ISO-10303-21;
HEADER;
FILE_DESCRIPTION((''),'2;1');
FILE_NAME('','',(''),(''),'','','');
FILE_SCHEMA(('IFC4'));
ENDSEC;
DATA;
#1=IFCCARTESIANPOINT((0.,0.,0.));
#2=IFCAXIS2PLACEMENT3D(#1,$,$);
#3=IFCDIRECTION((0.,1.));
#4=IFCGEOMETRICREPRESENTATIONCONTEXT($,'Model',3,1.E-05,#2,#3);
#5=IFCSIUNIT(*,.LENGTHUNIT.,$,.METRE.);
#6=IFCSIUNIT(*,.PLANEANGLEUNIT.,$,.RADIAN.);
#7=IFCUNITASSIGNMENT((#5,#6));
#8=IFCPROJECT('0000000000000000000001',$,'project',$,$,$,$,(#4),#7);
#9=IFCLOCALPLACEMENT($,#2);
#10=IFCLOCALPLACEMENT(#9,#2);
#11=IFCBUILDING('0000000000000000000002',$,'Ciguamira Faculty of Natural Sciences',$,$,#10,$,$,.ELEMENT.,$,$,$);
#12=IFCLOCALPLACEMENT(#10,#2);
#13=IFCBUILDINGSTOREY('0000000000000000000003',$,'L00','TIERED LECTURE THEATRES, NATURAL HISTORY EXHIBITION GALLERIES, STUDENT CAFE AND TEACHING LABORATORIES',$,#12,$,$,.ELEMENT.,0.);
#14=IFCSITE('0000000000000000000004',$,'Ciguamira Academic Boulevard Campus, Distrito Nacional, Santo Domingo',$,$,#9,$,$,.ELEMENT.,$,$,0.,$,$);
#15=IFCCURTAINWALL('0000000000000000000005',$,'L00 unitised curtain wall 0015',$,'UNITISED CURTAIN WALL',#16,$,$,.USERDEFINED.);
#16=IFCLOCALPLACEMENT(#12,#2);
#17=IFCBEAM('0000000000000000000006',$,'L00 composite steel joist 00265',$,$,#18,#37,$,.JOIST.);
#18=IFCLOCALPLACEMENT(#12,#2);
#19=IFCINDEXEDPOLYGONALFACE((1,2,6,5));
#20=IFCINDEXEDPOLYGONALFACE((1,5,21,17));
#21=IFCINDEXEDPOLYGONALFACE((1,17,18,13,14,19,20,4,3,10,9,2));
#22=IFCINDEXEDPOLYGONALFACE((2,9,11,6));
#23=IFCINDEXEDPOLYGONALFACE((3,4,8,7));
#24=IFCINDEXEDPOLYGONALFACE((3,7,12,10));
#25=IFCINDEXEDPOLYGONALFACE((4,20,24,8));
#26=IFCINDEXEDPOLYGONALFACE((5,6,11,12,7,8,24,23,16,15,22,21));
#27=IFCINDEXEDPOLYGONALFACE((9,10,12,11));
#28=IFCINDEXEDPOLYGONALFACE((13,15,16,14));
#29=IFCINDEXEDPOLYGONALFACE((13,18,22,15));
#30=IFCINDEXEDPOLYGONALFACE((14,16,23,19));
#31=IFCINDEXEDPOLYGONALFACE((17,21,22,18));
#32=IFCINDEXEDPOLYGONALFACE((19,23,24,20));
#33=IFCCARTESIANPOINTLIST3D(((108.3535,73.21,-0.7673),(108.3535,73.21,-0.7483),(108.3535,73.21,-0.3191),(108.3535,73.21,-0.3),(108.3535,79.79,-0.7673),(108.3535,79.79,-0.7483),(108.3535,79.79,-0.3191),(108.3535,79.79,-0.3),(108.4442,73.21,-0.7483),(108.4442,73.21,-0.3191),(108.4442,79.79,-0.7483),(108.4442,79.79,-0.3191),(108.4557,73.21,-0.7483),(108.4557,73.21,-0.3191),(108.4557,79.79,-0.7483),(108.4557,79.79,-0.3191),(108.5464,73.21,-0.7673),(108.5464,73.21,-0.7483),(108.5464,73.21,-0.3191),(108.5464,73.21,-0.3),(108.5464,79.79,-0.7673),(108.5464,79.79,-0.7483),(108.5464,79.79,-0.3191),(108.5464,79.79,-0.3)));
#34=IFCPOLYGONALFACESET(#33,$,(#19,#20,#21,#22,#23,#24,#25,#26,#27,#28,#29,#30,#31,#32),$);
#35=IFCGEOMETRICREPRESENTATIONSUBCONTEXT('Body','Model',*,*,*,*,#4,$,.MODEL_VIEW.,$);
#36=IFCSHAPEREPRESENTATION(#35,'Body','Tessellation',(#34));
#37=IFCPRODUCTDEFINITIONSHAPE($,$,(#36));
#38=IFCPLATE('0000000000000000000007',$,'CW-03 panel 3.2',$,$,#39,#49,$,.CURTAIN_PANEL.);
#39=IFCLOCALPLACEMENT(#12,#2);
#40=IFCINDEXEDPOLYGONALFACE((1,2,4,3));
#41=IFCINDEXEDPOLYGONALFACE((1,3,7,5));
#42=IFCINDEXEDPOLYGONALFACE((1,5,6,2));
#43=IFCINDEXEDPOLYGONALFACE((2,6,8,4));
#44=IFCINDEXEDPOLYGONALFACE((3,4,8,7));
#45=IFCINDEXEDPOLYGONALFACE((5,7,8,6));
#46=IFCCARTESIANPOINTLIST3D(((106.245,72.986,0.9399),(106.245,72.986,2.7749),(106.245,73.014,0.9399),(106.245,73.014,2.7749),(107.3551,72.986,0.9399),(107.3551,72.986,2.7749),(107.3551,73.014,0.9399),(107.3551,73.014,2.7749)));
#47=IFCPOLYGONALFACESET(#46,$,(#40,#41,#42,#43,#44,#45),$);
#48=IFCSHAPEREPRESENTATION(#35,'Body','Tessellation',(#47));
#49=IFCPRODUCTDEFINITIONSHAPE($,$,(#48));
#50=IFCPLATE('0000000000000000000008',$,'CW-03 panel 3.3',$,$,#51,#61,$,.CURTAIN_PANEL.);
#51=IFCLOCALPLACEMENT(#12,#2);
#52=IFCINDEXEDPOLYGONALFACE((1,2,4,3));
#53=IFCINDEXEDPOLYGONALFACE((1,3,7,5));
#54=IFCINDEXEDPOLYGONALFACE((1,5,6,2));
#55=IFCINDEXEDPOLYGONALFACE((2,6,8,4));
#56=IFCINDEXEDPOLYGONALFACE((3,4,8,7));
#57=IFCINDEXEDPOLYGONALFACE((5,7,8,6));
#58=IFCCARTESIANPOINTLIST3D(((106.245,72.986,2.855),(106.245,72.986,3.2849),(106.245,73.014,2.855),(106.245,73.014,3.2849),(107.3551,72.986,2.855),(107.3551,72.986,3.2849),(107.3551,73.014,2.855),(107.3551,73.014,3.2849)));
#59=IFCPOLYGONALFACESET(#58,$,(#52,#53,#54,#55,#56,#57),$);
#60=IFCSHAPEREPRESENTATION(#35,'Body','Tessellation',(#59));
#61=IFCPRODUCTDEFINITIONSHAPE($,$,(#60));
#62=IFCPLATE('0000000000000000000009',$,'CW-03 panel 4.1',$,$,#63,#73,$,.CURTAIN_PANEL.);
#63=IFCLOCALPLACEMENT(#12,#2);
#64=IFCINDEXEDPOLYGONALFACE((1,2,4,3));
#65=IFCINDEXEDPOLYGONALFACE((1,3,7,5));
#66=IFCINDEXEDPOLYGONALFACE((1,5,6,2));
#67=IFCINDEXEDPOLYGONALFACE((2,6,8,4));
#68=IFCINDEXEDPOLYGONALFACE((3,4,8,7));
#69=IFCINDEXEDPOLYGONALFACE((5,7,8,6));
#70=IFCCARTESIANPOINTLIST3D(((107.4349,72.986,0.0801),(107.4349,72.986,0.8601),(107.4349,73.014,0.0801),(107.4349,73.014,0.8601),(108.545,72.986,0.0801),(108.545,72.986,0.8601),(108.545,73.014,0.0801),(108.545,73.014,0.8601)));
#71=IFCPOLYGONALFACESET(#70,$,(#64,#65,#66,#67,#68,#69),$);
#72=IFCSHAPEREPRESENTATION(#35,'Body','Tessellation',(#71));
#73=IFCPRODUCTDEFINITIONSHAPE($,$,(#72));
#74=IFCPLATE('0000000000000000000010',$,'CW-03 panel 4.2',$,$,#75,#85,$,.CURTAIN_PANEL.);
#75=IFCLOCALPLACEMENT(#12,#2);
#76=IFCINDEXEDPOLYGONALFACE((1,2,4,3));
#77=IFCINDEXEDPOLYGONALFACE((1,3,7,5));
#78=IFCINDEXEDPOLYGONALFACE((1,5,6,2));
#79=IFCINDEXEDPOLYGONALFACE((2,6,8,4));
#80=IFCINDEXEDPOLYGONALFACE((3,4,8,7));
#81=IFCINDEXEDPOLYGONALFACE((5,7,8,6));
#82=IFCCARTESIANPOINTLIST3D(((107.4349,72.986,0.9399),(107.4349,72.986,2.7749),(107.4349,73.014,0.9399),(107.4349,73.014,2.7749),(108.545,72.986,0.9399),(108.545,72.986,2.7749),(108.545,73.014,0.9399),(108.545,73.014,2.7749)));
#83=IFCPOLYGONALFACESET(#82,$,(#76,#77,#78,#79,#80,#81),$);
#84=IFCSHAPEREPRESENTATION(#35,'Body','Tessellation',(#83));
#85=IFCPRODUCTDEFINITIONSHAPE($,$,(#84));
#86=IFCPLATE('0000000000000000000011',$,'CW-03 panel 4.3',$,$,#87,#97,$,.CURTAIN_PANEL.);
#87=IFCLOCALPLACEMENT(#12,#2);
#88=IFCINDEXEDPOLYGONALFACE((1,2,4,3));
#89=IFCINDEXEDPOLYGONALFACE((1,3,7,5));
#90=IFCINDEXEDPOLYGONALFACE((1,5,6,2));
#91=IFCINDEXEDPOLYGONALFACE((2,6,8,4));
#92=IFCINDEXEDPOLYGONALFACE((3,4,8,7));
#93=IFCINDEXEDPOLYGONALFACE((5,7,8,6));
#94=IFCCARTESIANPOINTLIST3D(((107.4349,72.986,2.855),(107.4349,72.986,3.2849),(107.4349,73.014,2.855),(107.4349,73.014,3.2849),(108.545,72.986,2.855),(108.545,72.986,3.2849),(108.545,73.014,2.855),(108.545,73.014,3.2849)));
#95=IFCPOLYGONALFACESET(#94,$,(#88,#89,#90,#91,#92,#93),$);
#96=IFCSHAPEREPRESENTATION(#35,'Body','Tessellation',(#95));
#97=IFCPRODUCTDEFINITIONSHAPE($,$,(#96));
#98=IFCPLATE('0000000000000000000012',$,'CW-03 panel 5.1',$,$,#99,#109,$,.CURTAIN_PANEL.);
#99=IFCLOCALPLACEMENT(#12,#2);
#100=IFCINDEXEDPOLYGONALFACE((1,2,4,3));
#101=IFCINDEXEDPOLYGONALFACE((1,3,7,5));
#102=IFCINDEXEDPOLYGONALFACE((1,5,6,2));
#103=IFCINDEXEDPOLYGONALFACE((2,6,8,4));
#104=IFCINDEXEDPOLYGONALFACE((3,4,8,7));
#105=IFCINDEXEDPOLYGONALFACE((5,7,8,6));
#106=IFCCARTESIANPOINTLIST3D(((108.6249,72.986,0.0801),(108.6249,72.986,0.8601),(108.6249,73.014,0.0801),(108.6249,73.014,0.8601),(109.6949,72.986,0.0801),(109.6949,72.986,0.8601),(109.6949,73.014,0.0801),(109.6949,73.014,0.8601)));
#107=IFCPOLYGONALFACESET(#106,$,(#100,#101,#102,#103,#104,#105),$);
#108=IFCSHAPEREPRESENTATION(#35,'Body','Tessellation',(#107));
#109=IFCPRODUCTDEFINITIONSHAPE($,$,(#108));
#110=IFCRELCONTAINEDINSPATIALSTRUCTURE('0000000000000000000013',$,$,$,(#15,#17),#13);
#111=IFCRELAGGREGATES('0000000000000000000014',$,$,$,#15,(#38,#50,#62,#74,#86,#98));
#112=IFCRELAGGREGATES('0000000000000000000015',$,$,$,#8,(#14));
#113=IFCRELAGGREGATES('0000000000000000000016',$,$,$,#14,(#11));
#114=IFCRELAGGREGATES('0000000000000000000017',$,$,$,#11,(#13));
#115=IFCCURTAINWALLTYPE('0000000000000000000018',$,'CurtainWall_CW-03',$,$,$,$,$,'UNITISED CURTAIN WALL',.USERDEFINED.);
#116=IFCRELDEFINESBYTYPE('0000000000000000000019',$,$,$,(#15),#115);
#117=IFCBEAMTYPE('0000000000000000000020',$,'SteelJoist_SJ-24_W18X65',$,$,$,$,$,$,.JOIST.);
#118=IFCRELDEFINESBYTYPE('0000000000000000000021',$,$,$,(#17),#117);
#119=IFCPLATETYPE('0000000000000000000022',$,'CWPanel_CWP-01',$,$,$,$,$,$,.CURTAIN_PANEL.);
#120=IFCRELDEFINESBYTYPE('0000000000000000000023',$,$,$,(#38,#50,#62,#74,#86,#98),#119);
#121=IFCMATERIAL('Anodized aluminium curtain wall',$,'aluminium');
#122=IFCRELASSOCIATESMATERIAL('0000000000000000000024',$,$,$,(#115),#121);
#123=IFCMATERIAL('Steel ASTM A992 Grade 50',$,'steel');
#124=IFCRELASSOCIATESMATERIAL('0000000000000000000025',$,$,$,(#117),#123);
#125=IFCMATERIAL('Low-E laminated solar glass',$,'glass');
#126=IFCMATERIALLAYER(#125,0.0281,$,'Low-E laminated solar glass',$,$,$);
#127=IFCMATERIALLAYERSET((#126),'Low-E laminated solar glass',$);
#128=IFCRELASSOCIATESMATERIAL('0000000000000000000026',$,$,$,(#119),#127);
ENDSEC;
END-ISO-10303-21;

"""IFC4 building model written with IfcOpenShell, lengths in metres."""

from ifc_helpers import new_model, si_unit, direction, frame, origin, origin_2d, place, context, subcontext, project, spatial, rectangle, i_section, extrude, material, layer, layer_set, material_profile, profile_set, type_object, element, aggregate, save


model = new_model("IFC4")

# Units and contexts
model_context = context("Model", 3, precision=1e-05, world=origin(), true_north=direction((0.0, 1.0)))
body_context = subcontext(model_context, "Body", "Model", "MODEL_VIEW")
ifc_project = project(units=[si_unit("LENGTHUNIT", "METRE"), si_unit("PLANEANGLEUNIT", "RADIAN")], contexts=[model_context])

# Site, building, storey
site_placement = place(None, origin())
site = spatial("IfcSite", under=ifc_project, at=site_placement, Name="Ciguamira Academic Boulevard Campus, Distrito Nacional, Santo Domingo", CompositionType="ELEMENT", RefElevation=0.0)
building_placement = place(site_placement, origin())
building = spatial("IfcBuilding", under=site, at=building_placement, Name="Ciguamira Faculty of Natural Sciences", CompositionType="ELEMENT")
storey_placement = place(building_placement, origin())
storey = spatial("IfcBuildingStorey", under=building, at=storey_placement, Name="L00", Description="TIERED LECTURE THEATRES, NATURAL HISTORY EXHIBITION GALLERIES, STUDENT CAFE AND TEACHING LABORATORIES", CompositionType="ELEMENT", Elevation=0.0)

# Curtain wall
ifc_material_1 = material(Name="Anodized aluminium curtain wall", Category="aluminium")
curtain_wall_type = type_object("IfcCurtainWallType", Name="CurtainWall_CW-03", ElementType="UNITISED CURTAIN WALL", PredefinedType="USERDEFINED", material=ifc_material_1)
curtain_wall_placement = place(storey_placement, origin())
curtain_wall = element("IfcCurtainWall", 1, at=curtain_wall_placement, inside=storey, type_object=curtain_wall_type, Name="L00 unitised curtain wall 0015", ObjectType="UNITISED CURTAIN WALL", PredefinedType="USERDEFINED")

# Beam
ifc_material_2 = material(Name="Steel ASTM A992 Grade 50", Category="steel")
ifc_material_profile_1 = material_profile(ifc_material_2, i_section(OverallWidth=0.1929, OverallDepth=0.4673, WebThickness=0.0115, FlangeThickness=0.019, at=origin_2d()), Name="W18X65")
ifc_profile_set_1 = profile_set([ifc_material_profile_1], Name="Steel ASTM A992 Grade 50")
beam_type_1 = type_object("IfcBeamType", Name="SteelJoist_SJ-24_W18X65", PredefinedType="JOIST", material=ifc_profile_set_1)
beam_1_placement = place(storey_placement, frame((108.45, 73.21, -0.5337), z_axis=(0.0, 1.0, 0.0), x_axis=(-1.0, 0.0, 0.0)))
element("IfcBeam", 2, at=beam_1_placement, inside=storey, type_object=beam_type_1, Name="L00 composite steel joist 00265", PredefinedType="JOIST", context=body_context, shape_type="SweptSolid", body=[
    extrude(i_section(OverallWidth=0.1929, OverallDepth=0.4673, WebThickness=0.0115, FlangeThickness=0.019, at=origin_2d()), origin(), (0.0, 0.0, 1.0), 6.5801),
])

# Plates
ifc_material_3 = material(Name="Low-E laminated solar glass", Category="glass")
ifc_layer = layer(ifc_material_3, 0.0281, Name="Low-E laminated solar glass")
ifc_layer_set = layer_set([ifc_layer], Name="Low-E laminated solar glass")
plate_type = type_object("IfcPlateType", Name="CWPanel_CWP-01", PredefinedType="CURTAIN_PANEL", material=ifc_layer_set)
plate_1_placement = place(storey_placement, frame((106.8, 73.0, 0.9399), z_axis=(0.0, 0.0, 1.0), x_axis=(1.0, 0.0, 0.0)))
plate_1 = element("IfcPlate", 3, at=plate_1_placement, type_object=plate_type, Name="CW-03 panel 3.2", PredefinedType="CURTAIN_PANEL", context=body_context, shape_type="SweptSolid", body=[
    extrude(rectangle(XDim=1.1101, YDim=0.0281, at=origin_2d()), origin(), (0.0, 0.0, 1.0), 1.835),
])
plate_2_placement = place(storey_placement, frame((106.8, 73.0, 2.855), z_axis=(0.0, 0.0, 1.0), x_axis=(1.0, 0.0, 0.0)))
plate_2 = element("IfcPlate", 4, at=plate_2_placement, type_object=plate_type, Name="CW-03 panel 3.3", PredefinedType="CURTAIN_PANEL", context=body_context, shape_type="SweptSolid", body=[
    extrude(rectangle(XDim=1.1101, YDim=0.0281, at=origin_2d()), origin(), (0.0, 0.0, 1.0), 0.4299),
])
plate_3_placement = place(storey_placement, frame((107.99, 73.0, 0.0801), z_axis=(0.0, 0.0, 1.0), x_axis=(1.0, 0.0, 0.0)))
plate_3 = element("IfcPlate", 5, at=plate_3_placement, type_object=plate_type, Name="CW-03 panel 4.1", PredefinedType="CURTAIN_PANEL", context=body_context, shape_type="SweptSolid", body=[
    extrude(rectangle(XDim=1.1101, YDim=0.0281, at=origin_2d()), origin(), (0.0, 0.0, 1.0), 0.78),
])
plate_4_placement = place(storey_placement, frame((107.99, 73.0, 0.9399), z_axis=(0.0, 0.0, 1.0), x_axis=(1.0, 0.0, 0.0)))
plate_4 = element("IfcPlate", 6, at=plate_4_placement, type_object=plate_type, Name="CW-03 panel 4.2", PredefinedType="CURTAIN_PANEL", context=body_context, shape_type="SweptSolid", body=[
    extrude(rectangle(XDim=1.1101, YDim=0.0281, at=origin_2d()), origin(), (0.0, 0.0, 1.0), 1.835),
])
plate_5_placement = place(storey_placement, frame((107.99, 73.0, 2.855), z_axis=(0.0, 0.0, 1.0), x_axis=(1.0, 0.0, 0.0)))
plate_5 = element("IfcPlate", 7, at=plate_5_placement, type_object=plate_type, Name="CW-03 panel 4.3", PredefinedType="CURTAIN_PANEL", context=body_context, shape_type="SweptSolid", body=[
    extrude(rectangle(XDim=1.1101, YDim=0.0281, at=origin_2d()), origin(), (0.0, 0.0, 1.0), 0.4299),
])
plate_6_placement = place(storey_placement, frame((109.1599, 73.0, 0.0801), z_axis=(0.0, 0.0, 1.0), x_axis=(1.0, 0.0, 0.0)))
plate_6 = element("IfcPlate", 8, at=plate_6_placement, type_object=plate_type, Name="CW-03 panel 5.1", PredefinedType="CURTAIN_PANEL", context=body_context, shape_type="SweptSolid", body=[
    extrude(rectangle(XDim=1.0701, YDim=0.0281, at=origin_2d()), origin(), (0.0, 0.0, 1.0), 0.78),
])
aggregate(curtain_wall, [plate_1, plate_2, plate_3, plate_4, plate_5, plate_6])

save(model, "model.ifc")
